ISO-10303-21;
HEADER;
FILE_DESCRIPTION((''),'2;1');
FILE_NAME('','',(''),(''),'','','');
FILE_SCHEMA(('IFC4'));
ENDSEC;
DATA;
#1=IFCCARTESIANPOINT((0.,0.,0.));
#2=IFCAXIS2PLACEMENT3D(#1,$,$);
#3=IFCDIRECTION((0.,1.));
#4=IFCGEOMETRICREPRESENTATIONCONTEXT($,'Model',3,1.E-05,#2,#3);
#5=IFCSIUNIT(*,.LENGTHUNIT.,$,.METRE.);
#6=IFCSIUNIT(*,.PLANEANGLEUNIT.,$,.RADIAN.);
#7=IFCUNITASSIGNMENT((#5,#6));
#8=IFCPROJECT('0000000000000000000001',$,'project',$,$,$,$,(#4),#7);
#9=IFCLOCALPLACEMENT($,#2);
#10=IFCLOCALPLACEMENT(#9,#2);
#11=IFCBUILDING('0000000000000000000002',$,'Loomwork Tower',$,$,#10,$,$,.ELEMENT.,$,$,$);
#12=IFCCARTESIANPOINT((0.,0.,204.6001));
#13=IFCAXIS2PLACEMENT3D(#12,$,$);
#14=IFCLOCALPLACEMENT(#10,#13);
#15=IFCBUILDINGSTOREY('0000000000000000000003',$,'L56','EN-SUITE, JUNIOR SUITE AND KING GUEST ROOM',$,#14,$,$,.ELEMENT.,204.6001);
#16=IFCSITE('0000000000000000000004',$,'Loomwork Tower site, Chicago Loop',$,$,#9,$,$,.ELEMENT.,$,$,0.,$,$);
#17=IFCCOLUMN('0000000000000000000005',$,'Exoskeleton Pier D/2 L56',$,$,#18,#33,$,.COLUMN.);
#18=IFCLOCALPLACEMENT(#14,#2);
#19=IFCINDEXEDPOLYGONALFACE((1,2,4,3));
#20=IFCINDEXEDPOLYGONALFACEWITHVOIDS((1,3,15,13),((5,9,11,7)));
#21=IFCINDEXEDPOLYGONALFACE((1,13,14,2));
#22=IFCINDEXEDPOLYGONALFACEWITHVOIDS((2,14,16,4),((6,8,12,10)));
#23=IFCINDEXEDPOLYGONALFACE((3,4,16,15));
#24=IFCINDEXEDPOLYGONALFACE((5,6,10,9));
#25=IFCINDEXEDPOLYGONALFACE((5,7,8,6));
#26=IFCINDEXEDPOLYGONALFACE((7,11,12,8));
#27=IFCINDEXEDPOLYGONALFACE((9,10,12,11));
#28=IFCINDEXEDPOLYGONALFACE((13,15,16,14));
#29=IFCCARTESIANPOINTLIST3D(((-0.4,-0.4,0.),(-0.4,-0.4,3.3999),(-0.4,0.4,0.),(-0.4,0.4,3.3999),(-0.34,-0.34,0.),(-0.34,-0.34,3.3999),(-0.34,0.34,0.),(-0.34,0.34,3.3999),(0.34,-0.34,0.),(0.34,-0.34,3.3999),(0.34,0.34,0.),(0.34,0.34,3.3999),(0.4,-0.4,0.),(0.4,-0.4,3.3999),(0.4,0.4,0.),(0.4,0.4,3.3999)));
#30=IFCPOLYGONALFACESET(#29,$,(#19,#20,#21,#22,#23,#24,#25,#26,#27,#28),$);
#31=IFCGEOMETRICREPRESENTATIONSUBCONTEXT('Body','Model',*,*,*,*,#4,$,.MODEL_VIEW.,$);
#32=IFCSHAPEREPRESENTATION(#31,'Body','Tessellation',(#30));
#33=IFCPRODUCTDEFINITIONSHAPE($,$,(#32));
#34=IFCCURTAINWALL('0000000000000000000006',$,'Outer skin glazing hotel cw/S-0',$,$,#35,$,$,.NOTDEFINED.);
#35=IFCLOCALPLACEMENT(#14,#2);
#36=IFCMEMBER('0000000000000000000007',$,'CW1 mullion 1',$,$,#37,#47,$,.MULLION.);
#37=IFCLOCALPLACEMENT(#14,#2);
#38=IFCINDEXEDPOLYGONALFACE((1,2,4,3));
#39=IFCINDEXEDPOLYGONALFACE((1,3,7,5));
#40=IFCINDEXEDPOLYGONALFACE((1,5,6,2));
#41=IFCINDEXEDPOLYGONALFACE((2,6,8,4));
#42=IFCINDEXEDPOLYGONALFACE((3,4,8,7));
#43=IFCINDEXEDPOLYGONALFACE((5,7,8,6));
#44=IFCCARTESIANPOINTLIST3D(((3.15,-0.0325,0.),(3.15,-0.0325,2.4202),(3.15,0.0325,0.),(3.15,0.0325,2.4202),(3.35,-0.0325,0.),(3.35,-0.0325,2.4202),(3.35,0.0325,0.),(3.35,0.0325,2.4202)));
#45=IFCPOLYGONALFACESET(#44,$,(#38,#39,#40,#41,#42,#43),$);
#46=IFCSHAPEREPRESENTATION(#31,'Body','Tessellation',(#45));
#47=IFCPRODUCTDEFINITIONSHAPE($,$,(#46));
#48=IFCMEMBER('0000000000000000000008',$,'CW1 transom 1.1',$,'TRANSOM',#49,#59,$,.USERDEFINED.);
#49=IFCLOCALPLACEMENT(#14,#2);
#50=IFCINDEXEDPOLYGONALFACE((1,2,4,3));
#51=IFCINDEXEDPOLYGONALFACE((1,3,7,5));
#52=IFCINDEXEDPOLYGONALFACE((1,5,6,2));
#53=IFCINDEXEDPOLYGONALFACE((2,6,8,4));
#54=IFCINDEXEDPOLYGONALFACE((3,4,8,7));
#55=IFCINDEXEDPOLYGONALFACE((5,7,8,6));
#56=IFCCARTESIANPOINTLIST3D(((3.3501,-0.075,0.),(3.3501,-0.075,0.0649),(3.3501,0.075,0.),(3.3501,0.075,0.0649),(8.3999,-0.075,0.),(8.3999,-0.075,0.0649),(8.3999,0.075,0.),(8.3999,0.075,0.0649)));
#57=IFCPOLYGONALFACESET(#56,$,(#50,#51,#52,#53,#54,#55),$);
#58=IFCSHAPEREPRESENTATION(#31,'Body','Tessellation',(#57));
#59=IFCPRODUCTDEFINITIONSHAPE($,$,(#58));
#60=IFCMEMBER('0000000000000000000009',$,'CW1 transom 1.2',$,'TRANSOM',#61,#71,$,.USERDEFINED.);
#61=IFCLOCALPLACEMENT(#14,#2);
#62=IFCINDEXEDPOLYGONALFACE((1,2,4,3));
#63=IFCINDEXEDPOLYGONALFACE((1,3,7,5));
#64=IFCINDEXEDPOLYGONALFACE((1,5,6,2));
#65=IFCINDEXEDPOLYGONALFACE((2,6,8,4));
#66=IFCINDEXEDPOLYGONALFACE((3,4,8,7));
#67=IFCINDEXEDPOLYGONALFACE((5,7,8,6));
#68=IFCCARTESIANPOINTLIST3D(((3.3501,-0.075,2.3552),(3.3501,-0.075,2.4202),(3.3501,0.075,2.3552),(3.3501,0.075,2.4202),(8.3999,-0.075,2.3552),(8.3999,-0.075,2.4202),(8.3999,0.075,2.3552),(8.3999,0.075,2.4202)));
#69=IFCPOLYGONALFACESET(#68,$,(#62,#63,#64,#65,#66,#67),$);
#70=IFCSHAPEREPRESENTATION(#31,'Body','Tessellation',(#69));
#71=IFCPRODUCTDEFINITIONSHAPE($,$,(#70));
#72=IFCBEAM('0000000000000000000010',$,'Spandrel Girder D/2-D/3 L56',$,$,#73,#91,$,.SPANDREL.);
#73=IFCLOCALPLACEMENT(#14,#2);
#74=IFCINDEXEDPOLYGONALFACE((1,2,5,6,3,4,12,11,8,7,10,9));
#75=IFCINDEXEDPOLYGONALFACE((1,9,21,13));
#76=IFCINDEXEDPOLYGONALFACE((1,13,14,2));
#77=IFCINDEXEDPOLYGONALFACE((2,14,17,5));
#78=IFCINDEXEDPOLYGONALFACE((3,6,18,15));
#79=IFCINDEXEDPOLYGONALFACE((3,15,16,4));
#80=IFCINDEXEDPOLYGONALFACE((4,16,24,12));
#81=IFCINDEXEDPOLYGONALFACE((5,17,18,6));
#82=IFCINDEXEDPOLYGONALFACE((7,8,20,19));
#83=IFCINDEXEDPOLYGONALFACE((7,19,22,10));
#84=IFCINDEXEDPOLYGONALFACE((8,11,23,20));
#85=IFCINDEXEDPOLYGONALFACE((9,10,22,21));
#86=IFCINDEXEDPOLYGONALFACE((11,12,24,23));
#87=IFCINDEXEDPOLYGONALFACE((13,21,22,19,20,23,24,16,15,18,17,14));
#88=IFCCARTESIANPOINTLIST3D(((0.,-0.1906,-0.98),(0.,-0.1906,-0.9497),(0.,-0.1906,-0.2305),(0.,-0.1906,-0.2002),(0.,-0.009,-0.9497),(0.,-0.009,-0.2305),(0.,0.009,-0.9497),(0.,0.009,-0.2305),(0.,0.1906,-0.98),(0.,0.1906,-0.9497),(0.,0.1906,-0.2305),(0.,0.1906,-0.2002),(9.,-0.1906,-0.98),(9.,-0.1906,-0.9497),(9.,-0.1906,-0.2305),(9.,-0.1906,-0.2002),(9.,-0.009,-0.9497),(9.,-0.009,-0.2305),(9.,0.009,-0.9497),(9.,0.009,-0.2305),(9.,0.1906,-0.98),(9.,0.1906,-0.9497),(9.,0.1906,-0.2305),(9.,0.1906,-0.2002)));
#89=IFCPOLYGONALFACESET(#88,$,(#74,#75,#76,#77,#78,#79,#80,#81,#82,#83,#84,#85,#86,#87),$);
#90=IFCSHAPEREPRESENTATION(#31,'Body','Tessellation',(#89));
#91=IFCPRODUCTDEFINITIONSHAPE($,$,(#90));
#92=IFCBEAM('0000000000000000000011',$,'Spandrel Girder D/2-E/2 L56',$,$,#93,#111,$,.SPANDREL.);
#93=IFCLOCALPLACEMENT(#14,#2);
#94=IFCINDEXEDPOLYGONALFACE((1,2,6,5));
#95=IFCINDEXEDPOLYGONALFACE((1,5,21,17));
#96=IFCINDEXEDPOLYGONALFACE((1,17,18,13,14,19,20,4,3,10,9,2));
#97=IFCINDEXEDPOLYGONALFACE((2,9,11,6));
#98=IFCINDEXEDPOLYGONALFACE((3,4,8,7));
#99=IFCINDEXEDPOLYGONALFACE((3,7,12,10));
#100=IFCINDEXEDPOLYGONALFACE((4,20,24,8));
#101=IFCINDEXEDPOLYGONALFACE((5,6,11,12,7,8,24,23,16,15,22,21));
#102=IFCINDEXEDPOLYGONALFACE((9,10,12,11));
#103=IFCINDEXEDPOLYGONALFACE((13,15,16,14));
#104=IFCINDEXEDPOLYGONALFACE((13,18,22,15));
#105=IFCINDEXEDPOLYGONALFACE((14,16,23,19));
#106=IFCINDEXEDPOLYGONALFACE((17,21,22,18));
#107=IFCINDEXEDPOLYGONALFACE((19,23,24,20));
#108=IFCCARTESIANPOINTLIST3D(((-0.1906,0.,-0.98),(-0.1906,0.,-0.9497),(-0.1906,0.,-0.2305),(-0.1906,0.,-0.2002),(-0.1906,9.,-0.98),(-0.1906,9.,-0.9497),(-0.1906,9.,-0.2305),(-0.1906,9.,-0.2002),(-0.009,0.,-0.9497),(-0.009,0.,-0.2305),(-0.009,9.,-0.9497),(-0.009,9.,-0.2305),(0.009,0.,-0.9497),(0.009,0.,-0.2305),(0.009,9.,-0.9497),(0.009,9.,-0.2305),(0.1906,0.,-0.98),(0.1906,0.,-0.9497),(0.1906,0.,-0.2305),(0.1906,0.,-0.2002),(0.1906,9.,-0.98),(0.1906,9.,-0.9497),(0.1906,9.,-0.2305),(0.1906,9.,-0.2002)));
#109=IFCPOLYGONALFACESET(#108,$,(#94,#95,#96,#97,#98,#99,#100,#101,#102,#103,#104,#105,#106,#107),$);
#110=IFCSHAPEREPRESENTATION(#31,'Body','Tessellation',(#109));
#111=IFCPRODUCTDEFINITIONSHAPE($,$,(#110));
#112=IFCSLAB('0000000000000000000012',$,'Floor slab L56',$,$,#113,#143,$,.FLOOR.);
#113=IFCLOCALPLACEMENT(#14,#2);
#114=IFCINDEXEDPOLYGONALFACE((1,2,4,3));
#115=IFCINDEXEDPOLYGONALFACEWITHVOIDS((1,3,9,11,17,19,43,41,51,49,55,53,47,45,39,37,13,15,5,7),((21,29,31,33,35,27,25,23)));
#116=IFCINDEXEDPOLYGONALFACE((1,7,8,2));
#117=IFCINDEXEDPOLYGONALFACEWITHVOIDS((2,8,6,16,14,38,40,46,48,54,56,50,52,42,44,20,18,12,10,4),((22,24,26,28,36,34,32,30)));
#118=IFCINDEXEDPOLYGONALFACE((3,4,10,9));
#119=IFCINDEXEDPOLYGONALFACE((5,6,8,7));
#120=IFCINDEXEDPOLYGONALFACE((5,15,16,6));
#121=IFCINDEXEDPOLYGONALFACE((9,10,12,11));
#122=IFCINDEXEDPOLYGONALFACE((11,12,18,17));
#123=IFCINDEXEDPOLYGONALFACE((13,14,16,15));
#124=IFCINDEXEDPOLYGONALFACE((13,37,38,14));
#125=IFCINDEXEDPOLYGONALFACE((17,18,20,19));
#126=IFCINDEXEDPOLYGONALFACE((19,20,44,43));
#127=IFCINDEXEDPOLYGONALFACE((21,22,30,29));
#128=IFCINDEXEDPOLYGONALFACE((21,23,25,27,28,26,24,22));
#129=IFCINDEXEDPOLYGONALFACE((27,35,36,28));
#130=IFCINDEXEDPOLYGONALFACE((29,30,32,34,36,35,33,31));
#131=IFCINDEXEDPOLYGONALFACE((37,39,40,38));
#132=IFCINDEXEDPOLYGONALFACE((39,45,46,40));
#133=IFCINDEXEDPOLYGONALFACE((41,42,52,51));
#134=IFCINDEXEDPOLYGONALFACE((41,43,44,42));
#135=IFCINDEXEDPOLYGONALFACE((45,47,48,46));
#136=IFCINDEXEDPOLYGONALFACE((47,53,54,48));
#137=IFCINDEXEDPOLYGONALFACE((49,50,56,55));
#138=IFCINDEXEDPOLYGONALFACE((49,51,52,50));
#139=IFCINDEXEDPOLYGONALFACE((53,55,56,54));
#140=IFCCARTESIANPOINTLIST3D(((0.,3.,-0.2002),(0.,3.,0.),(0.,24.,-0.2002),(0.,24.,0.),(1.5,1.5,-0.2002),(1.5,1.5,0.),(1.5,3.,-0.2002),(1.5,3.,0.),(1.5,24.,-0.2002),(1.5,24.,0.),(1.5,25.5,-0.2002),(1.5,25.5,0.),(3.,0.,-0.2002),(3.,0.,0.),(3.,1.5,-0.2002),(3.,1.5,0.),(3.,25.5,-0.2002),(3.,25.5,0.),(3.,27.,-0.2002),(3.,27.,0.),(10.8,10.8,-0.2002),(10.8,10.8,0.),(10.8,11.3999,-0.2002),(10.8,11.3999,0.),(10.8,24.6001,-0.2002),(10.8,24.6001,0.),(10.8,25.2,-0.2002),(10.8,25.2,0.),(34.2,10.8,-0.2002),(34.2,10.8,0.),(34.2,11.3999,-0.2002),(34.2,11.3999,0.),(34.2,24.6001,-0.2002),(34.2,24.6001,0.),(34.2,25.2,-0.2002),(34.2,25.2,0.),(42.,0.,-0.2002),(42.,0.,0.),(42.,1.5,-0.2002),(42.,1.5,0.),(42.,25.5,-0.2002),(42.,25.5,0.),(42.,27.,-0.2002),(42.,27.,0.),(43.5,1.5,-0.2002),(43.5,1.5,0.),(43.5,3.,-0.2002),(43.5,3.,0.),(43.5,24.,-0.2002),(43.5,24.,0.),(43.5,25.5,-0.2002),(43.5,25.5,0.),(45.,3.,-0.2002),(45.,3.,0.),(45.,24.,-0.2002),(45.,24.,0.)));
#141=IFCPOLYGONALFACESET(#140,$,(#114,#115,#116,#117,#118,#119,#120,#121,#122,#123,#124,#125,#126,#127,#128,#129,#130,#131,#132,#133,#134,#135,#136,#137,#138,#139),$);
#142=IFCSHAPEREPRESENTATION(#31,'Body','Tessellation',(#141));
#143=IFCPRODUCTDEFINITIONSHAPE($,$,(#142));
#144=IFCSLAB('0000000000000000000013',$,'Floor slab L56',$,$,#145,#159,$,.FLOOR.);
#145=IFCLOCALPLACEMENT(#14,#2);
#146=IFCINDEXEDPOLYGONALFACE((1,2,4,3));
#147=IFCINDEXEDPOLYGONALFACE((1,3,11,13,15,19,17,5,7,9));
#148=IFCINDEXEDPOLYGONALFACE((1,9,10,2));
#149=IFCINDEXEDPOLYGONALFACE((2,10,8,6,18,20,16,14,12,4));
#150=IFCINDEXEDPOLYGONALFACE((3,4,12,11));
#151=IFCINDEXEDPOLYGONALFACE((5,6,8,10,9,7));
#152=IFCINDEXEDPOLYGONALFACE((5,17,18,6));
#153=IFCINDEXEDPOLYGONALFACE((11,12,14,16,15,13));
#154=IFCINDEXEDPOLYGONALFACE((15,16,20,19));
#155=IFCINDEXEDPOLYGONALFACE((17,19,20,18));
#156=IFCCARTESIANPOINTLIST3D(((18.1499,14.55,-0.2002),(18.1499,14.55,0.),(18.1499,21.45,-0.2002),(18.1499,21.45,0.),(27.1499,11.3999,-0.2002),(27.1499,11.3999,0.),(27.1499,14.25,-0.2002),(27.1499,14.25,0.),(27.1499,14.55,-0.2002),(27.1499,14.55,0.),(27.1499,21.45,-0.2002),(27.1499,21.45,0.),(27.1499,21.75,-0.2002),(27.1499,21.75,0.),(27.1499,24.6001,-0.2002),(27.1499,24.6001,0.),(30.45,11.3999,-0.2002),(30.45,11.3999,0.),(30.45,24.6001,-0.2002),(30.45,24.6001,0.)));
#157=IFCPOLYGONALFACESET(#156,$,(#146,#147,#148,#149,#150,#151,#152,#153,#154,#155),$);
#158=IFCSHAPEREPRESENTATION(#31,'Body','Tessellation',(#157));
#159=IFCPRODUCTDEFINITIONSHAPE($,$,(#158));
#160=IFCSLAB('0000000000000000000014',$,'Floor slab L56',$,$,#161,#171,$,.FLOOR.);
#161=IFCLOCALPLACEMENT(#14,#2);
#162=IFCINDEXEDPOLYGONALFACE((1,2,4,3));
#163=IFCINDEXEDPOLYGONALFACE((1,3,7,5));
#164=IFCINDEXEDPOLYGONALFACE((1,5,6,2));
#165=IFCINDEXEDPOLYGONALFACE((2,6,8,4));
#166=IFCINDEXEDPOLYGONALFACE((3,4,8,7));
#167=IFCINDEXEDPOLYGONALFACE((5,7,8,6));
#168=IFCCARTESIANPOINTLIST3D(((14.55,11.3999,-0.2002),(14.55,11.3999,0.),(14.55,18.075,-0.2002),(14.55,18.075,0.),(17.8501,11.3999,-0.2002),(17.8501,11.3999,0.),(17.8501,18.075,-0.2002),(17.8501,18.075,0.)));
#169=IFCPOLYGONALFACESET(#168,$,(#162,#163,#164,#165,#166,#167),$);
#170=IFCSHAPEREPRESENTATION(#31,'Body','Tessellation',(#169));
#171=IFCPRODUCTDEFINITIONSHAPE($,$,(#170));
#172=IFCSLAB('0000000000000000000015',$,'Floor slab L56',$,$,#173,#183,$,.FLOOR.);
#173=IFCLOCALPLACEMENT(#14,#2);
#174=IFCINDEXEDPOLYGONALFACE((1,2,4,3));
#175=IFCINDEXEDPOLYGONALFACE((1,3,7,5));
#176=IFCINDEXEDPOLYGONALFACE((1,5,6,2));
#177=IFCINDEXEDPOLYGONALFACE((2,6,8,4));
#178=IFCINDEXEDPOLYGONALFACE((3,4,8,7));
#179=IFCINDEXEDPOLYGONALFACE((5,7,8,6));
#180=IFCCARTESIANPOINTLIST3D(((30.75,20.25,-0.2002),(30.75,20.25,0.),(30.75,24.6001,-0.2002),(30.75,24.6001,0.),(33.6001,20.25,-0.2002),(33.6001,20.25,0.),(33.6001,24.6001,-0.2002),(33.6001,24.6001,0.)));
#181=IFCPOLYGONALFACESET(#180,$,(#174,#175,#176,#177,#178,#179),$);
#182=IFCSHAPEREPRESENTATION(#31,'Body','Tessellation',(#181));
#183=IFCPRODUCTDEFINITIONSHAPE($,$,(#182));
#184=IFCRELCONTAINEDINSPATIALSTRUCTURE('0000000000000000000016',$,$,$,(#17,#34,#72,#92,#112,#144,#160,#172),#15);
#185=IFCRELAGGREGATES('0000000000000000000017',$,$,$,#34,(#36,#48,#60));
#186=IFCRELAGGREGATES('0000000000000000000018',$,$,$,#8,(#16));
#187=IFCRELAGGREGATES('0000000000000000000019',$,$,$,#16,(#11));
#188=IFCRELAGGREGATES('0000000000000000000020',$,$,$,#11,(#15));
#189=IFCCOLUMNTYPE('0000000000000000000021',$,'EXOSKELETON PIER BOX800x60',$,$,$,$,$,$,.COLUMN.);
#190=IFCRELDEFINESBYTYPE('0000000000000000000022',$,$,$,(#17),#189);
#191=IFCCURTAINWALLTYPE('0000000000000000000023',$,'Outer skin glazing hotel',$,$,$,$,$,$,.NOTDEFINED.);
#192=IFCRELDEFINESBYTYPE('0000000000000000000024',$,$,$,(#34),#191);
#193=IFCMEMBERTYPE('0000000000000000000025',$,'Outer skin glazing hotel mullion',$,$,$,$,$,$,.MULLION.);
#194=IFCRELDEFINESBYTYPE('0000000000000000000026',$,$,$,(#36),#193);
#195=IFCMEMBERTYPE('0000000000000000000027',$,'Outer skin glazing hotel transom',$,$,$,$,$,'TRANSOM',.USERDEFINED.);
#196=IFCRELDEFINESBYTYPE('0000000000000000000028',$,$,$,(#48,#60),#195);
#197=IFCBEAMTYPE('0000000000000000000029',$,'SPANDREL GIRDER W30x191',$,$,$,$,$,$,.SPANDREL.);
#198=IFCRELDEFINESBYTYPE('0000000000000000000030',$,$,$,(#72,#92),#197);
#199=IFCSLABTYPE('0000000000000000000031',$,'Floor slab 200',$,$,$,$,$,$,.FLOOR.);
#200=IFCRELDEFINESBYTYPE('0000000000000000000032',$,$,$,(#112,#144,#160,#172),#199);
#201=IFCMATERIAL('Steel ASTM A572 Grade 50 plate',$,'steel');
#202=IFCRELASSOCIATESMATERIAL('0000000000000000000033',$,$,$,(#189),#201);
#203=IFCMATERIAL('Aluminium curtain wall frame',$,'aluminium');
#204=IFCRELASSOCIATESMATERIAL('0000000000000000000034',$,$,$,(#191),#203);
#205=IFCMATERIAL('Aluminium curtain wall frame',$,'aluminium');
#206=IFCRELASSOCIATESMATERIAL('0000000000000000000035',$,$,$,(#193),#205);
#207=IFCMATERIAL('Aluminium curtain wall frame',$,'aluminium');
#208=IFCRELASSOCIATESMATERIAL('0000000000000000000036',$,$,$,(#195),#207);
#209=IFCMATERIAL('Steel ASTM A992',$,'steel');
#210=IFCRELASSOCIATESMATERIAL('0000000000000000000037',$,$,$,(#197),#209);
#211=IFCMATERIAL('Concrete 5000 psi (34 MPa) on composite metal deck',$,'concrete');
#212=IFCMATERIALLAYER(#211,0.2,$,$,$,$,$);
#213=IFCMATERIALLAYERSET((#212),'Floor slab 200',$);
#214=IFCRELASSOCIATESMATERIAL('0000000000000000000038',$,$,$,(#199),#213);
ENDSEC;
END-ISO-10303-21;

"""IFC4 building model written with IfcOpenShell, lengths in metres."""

from ifc_helpers import new_model, si_unit, direction, frame, origin, origin_with_axes, origin_2d, place, context, subcontext, project, spatial, polyline, rectangle, hollow_rectangle, i_section, outline, extrude, material, layer, layer_set, material_profile, profile_set, type_object, element, aggregate, save


model = new_model("IFC4")

# Units and contexts
model_context = context("Model", 3, precision=1e-05, world=origin(), true_north=direction((0.0, 1.0)))
body_context = subcontext(model_context, "Body", "Model", "MODEL_VIEW")
ifc_project = project(units=[si_unit("LENGTHUNIT", "METRE"), si_unit("PLANEANGLEUNIT", "RADIAN")], contexts=[model_context])

# Site, building, storey
site_placement = place(None, origin())
site = spatial("IfcSite", under=ifc_project, at=site_placement, Name="Loomwork Tower site, Chicago Loop", CompositionType="ELEMENT", RefElevation=0.0)
building_placement = place(site_placement, origin())
building = spatial("IfcBuilding", under=site, at=building_placement, Name="Loomwork Tower", CompositionType="ELEMENT")
storey_placement = place(building_placement, frame((0.0, 0.0, 204.6001)))
storey = spatial("IfcBuildingStorey", under=building, at=storey_placement, Name="L56", Description="EN-SUITE, JUNIOR SUITE AND KING GUEST ROOM", CompositionType="ELEMENT", Elevation=204.6001)

# Column
ifc_material_1 = material(Name="Steel ASTM A572 Grade 50 plate", Category="steel")
ifc_material_profile_1 = material_profile(ifc_material_1, hollow_rectangle(XDim=0.8, YDim=0.8, WallThickness=0.0601, at=origin_2d()), Name="BOX800x60")
ifc_profile_set_1 = profile_set([ifc_material_profile_1], Name="Steel ASTM A572 Grade 50 plate")
column_type = type_object("IfcColumnType", Name="EXOSKELETON PIER BOX800x60", PredefinedType="COLUMN", material=ifc_profile_set_1)
column_placement = place(storey_placement, origin_with_axes())
element("IfcColumn", 1, at=column_placement, inside=storey, type_object=column_type, Name="Exoskeleton Pier D/2 L56", PredefinedType="COLUMN", context=body_context, shape_type="SweptSolid", body=[
    extrude(hollow_rectangle(XDim=0.8, YDim=0.8, WallThickness=0.0601, at=origin_2d()), origin(), (0.0, 0.0, 1.0), 3.3999),
])

# Curtain wall, members
ifc_material_2 = material(Name="Aluminium curtain wall frame", Category="aluminium")
curtain_wall_type = type_object("IfcCurtainWallType", Name="Outer skin glazing hotel", PredefinedType="NOTDEFINED", material=ifc_material_2)
curtain_wall_placement = place(storey_placement, origin())
curtain_wall = element("IfcCurtainWall", 2, at=curtain_wall_placement, inside=storey, type_object=curtain_wall_type, Name="Outer skin glazing hotel cw/S-0", PredefinedType="NOTDEFINED")
ifc_material_3 = material(Name="Aluminium curtain wall frame", Category="aluminium")
ifc_material_profile_2 = material_profile(ifc_material_3, rectangle(XDim=0.0649, YDim=0.2, at=origin_2d()), Name="AL 65x200")
ifc_profile_set_2 = profile_set([ifc_material_profile_2], Name="Aluminium curtain wall frame")
member_type_1 = type_object("IfcMemberType", Name="Outer skin glazing hotel mullion", PredefinedType="MULLION", material=ifc_profile_set_2)
member_1_placement = place(storey_placement, frame((3.25, 0.0, 0.0), z_axis=(0.0, 0.0, 1.0), x_axis=(0.0, 1.0, 0.0)))
member_1 = element("IfcMember", 3, at=member_1_placement, type_object=member_type_1, Name="CW1 mullion 1", PredefinedType="MULLION", context=body_context, shape_type="SweptSolid", body=[
    extrude(rectangle(XDim=0.0649, YDim=0.2, at=origin_2d()), origin(), (0.0, 0.0, 1.0), 2.4202),
])
ifc_material_4 = material(Name="Aluminium curtain wall frame", Category="aluminium")
ifc_material_profile_3 = material_profile(ifc_material_4, rectangle(XDim=0.1499, YDim=0.0649, at=origin_2d()), Name="AL 65x150")
ifc_profile_set_3 = profile_set([ifc_material_profile_3], Name="Aluminium curtain wall frame")
member_type_2 = type_object("IfcMemberType", Name="Outer skin glazing hotel transom", ElementType="TRANSOM", PredefinedType="USERDEFINED", material=ifc_profile_set_3)
member_2_placement = place(storey_placement, frame((3.3501, 0.0, 0.0325), z_axis=(1.0, 0.0, 0.0), x_axis=(0.0, 1.0, 0.0)))
member_2 = element("IfcMember", 4, at=member_2_placement, type_object=member_type_2, Name="CW1 transom 1.1", ObjectType="TRANSOM", PredefinedType="USERDEFINED", context=body_context, shape_type="SweptSolid", body=[
    extrude(rectangle(XDim=0.1499, YDim=0.0649, at=origin_2d()), origin(), (0.0, 0.0, 1.0), 5.0498),
])
member_3_placement = place(storey_placement, frame((3.3501, 0.0, 2.3877), z_axis=(1.0, 0.0, 0.0), x_axis=(0.0, 1.0, 0.0)))
member_3 = element("IfcMember", 5, at=member_3_placement, type_object=member_type_2, Name="CW1 transom 1.2", ObjectType="TRANSOM", PredefinedType="USERDEFINED", context=body_context, shape_type="SweptSolid", body=[
    extrude(rectangle(XDim=0.1499, YDim=0.0649, at=origin_2d()), origin(), (0.0, 0.0, 1.0), 5.0498),
])
aggregate(curtain_wall, [member_1, member_2, member_3])

# Beams
ifc_material_5 = material(Name="Steel ASTM A992", Category="steel")
ifc_material_profile_4 = material_profile(ifc_material_5, i_section(OverallWidth=0.3811, OverallDepth=0.7798, WebThickness=0.0181, FlangeThickness=0.0303, at=origin_2d()), Name="W30x191")
ifc_profile_set_4 = profile_set([ifc_material_profile_4], Name="Steel ASTM A992")
beam_type = type_object("IfcBeamType", Name="SPANDREL GIRDER W30x191", PredefinedType="SPANDREL", material=ifc_profile_set_4)
for number, where, z_axis, x_axis, name in (
    (6, (0.0, 0.0, -0.5901), (1.0, 0.0, 0.0), (0.0, 1.0, 0.0), "Spandrel Girder D/2-D/3 L56"),
    (7, (0.0, 0.0, -0.5901), (0.0, 1.0, 0.0), (-1.0, 0.0, 0.0), "Spandrel Girder D/2-E/2 L56"),
):
    element("IfcBeam", number, at=place(storey_placement, frame(where, z_axis=z_axis, x_axis=x_axis)), inside=storey, type_object=beam_type, Name=name, PredefinedType="SPANDREL", context=body_context, shape_type="SweptSolid", body=[
        extrude(i_section(OverallWidth=0.3811, OverallDepth=0.7798, WebThickness=0.0181, FlangeThickness=0.0303, at=origin_2d()), origin(), (0.0, 0.0, 1.0), 9.0),
    ])

# Slabs
ifc_material_6 = material(Name="Concrete 5000 psi (34 MPa) on composite metal deck", Category="concrete")
ifc_layer_1 = layer(ifc_material_6, 0.2)
ifc_layer_set_1 = layer_set([ifc_layer_1], Name="Floor slab 200")
slab_type_1 = type_object("IfcSlabType", Name="Floor slab 200", PredefinedType="FLOOR", material=ifc_layer_set_1)
slab_1_placement = place(storey_placement, frame((0.0, 0.0, -0.2002)))
element("IfcSlab", 8, at=slab_1_placement, inside=storey, type_object=slab_type_1, Name="Floor slab L56", PredefinedType="FLOOR", context=body_context, shape_type="SweptSolid", body=[
    extrude(outline(polyline([(3.0, 1.5), (1.5, 1.5), (1.5, 3.0), (0.0, 3.0), (0.0, 24.0), (1.5, 24.0), (1.5, 25.5), (3.0, 25.5), (3.0, 27.0), (42.0, 27.0), (42.0, 25.5), (43.5, 25.5), (43.5, 24.0), (45.0, 24.0), (45.0, 3.0), (43.5, 3.0), (43.5, 1.5), (42.0, 1.5), (42.0, 0.0), (3.0, 0.0), (3.0, 1.5)]), holes=[polyline([(10.8, 11.3999), (10.8, 11.3999), (10.8, 10.8), (34.2, 10.8), (34.2, 11.3999), (34.2, 11.3999), (34.2, 24.6001), (34.2, 25.2), (10.8, 25.2), (10.8, 24.6001), (10.8, 11.3999)])]), origin(), (0.0, 0.0, 1.0), 0.2002),
])
slab_2_placement = place(storey_placement, frame((0.0, 0.0, -0.2002)))
element("IfcSlab", 9, at=slab_2_placement, inside=storey, type_object=slab_type_1, Name="Floor slab L56", PredefinedType="FLOOR", context=body_context, shape_type="SweptSolid", body=[
    extrude(outline(polyline([(30.45, 24.6001), (30.45, 11.3999), (27.1499, 11.3999), (27.1499, 14.25), (27.1499, 14.55), (18.1499, 14.55), (18.1499, 21.45), (27.1499, 21.45), (27.1499, 21.75), (27.1499, 24.6001), (30.45, 24.6001)])), origin(), (0.0, 0.0, 1.0), 0.2002),
])
slab_3_placement = place(storey_placement, frame((0.0, 0.0, -0.2002)))
element("IfcSlab", 10, at=slab_3_placement, inside=storey, type_object=slab_type_1, Name="Floor slab L56", PredefinedType="FLOOR", context=body_context, shape_type="SweptSolid", body=[
    extrude(outline(polyline([(14.55, 11.3999), (14.55, 18.075), (17.8501, 18.075), (17.8501, 11.3999), (14.55, 11.3999)])), origin(), (0.0, 0.0, 1.0), 0.2002),
])
slab_4_placement = place(storey_placement, frame((0.0, 0.0, -0.2002)))
element("IfcSlab", 11, at=slab_4_placement, inside=storey, type_object=slab_type_1, Name="Floor slab L56", PredefinedType="FLOOR", context=body_context, shape_type="SweptSolid", body=[
    extrude(outline(polyline([(33.6001, 20.25), (30.75, 20.25), (30.75, 24.6001), (33.6001, 24.6001), (33.6001, 20.25)])), origin(), (0.0, 0.0, 1.0), 0.2002),
])

save(model, "model.ifc")
